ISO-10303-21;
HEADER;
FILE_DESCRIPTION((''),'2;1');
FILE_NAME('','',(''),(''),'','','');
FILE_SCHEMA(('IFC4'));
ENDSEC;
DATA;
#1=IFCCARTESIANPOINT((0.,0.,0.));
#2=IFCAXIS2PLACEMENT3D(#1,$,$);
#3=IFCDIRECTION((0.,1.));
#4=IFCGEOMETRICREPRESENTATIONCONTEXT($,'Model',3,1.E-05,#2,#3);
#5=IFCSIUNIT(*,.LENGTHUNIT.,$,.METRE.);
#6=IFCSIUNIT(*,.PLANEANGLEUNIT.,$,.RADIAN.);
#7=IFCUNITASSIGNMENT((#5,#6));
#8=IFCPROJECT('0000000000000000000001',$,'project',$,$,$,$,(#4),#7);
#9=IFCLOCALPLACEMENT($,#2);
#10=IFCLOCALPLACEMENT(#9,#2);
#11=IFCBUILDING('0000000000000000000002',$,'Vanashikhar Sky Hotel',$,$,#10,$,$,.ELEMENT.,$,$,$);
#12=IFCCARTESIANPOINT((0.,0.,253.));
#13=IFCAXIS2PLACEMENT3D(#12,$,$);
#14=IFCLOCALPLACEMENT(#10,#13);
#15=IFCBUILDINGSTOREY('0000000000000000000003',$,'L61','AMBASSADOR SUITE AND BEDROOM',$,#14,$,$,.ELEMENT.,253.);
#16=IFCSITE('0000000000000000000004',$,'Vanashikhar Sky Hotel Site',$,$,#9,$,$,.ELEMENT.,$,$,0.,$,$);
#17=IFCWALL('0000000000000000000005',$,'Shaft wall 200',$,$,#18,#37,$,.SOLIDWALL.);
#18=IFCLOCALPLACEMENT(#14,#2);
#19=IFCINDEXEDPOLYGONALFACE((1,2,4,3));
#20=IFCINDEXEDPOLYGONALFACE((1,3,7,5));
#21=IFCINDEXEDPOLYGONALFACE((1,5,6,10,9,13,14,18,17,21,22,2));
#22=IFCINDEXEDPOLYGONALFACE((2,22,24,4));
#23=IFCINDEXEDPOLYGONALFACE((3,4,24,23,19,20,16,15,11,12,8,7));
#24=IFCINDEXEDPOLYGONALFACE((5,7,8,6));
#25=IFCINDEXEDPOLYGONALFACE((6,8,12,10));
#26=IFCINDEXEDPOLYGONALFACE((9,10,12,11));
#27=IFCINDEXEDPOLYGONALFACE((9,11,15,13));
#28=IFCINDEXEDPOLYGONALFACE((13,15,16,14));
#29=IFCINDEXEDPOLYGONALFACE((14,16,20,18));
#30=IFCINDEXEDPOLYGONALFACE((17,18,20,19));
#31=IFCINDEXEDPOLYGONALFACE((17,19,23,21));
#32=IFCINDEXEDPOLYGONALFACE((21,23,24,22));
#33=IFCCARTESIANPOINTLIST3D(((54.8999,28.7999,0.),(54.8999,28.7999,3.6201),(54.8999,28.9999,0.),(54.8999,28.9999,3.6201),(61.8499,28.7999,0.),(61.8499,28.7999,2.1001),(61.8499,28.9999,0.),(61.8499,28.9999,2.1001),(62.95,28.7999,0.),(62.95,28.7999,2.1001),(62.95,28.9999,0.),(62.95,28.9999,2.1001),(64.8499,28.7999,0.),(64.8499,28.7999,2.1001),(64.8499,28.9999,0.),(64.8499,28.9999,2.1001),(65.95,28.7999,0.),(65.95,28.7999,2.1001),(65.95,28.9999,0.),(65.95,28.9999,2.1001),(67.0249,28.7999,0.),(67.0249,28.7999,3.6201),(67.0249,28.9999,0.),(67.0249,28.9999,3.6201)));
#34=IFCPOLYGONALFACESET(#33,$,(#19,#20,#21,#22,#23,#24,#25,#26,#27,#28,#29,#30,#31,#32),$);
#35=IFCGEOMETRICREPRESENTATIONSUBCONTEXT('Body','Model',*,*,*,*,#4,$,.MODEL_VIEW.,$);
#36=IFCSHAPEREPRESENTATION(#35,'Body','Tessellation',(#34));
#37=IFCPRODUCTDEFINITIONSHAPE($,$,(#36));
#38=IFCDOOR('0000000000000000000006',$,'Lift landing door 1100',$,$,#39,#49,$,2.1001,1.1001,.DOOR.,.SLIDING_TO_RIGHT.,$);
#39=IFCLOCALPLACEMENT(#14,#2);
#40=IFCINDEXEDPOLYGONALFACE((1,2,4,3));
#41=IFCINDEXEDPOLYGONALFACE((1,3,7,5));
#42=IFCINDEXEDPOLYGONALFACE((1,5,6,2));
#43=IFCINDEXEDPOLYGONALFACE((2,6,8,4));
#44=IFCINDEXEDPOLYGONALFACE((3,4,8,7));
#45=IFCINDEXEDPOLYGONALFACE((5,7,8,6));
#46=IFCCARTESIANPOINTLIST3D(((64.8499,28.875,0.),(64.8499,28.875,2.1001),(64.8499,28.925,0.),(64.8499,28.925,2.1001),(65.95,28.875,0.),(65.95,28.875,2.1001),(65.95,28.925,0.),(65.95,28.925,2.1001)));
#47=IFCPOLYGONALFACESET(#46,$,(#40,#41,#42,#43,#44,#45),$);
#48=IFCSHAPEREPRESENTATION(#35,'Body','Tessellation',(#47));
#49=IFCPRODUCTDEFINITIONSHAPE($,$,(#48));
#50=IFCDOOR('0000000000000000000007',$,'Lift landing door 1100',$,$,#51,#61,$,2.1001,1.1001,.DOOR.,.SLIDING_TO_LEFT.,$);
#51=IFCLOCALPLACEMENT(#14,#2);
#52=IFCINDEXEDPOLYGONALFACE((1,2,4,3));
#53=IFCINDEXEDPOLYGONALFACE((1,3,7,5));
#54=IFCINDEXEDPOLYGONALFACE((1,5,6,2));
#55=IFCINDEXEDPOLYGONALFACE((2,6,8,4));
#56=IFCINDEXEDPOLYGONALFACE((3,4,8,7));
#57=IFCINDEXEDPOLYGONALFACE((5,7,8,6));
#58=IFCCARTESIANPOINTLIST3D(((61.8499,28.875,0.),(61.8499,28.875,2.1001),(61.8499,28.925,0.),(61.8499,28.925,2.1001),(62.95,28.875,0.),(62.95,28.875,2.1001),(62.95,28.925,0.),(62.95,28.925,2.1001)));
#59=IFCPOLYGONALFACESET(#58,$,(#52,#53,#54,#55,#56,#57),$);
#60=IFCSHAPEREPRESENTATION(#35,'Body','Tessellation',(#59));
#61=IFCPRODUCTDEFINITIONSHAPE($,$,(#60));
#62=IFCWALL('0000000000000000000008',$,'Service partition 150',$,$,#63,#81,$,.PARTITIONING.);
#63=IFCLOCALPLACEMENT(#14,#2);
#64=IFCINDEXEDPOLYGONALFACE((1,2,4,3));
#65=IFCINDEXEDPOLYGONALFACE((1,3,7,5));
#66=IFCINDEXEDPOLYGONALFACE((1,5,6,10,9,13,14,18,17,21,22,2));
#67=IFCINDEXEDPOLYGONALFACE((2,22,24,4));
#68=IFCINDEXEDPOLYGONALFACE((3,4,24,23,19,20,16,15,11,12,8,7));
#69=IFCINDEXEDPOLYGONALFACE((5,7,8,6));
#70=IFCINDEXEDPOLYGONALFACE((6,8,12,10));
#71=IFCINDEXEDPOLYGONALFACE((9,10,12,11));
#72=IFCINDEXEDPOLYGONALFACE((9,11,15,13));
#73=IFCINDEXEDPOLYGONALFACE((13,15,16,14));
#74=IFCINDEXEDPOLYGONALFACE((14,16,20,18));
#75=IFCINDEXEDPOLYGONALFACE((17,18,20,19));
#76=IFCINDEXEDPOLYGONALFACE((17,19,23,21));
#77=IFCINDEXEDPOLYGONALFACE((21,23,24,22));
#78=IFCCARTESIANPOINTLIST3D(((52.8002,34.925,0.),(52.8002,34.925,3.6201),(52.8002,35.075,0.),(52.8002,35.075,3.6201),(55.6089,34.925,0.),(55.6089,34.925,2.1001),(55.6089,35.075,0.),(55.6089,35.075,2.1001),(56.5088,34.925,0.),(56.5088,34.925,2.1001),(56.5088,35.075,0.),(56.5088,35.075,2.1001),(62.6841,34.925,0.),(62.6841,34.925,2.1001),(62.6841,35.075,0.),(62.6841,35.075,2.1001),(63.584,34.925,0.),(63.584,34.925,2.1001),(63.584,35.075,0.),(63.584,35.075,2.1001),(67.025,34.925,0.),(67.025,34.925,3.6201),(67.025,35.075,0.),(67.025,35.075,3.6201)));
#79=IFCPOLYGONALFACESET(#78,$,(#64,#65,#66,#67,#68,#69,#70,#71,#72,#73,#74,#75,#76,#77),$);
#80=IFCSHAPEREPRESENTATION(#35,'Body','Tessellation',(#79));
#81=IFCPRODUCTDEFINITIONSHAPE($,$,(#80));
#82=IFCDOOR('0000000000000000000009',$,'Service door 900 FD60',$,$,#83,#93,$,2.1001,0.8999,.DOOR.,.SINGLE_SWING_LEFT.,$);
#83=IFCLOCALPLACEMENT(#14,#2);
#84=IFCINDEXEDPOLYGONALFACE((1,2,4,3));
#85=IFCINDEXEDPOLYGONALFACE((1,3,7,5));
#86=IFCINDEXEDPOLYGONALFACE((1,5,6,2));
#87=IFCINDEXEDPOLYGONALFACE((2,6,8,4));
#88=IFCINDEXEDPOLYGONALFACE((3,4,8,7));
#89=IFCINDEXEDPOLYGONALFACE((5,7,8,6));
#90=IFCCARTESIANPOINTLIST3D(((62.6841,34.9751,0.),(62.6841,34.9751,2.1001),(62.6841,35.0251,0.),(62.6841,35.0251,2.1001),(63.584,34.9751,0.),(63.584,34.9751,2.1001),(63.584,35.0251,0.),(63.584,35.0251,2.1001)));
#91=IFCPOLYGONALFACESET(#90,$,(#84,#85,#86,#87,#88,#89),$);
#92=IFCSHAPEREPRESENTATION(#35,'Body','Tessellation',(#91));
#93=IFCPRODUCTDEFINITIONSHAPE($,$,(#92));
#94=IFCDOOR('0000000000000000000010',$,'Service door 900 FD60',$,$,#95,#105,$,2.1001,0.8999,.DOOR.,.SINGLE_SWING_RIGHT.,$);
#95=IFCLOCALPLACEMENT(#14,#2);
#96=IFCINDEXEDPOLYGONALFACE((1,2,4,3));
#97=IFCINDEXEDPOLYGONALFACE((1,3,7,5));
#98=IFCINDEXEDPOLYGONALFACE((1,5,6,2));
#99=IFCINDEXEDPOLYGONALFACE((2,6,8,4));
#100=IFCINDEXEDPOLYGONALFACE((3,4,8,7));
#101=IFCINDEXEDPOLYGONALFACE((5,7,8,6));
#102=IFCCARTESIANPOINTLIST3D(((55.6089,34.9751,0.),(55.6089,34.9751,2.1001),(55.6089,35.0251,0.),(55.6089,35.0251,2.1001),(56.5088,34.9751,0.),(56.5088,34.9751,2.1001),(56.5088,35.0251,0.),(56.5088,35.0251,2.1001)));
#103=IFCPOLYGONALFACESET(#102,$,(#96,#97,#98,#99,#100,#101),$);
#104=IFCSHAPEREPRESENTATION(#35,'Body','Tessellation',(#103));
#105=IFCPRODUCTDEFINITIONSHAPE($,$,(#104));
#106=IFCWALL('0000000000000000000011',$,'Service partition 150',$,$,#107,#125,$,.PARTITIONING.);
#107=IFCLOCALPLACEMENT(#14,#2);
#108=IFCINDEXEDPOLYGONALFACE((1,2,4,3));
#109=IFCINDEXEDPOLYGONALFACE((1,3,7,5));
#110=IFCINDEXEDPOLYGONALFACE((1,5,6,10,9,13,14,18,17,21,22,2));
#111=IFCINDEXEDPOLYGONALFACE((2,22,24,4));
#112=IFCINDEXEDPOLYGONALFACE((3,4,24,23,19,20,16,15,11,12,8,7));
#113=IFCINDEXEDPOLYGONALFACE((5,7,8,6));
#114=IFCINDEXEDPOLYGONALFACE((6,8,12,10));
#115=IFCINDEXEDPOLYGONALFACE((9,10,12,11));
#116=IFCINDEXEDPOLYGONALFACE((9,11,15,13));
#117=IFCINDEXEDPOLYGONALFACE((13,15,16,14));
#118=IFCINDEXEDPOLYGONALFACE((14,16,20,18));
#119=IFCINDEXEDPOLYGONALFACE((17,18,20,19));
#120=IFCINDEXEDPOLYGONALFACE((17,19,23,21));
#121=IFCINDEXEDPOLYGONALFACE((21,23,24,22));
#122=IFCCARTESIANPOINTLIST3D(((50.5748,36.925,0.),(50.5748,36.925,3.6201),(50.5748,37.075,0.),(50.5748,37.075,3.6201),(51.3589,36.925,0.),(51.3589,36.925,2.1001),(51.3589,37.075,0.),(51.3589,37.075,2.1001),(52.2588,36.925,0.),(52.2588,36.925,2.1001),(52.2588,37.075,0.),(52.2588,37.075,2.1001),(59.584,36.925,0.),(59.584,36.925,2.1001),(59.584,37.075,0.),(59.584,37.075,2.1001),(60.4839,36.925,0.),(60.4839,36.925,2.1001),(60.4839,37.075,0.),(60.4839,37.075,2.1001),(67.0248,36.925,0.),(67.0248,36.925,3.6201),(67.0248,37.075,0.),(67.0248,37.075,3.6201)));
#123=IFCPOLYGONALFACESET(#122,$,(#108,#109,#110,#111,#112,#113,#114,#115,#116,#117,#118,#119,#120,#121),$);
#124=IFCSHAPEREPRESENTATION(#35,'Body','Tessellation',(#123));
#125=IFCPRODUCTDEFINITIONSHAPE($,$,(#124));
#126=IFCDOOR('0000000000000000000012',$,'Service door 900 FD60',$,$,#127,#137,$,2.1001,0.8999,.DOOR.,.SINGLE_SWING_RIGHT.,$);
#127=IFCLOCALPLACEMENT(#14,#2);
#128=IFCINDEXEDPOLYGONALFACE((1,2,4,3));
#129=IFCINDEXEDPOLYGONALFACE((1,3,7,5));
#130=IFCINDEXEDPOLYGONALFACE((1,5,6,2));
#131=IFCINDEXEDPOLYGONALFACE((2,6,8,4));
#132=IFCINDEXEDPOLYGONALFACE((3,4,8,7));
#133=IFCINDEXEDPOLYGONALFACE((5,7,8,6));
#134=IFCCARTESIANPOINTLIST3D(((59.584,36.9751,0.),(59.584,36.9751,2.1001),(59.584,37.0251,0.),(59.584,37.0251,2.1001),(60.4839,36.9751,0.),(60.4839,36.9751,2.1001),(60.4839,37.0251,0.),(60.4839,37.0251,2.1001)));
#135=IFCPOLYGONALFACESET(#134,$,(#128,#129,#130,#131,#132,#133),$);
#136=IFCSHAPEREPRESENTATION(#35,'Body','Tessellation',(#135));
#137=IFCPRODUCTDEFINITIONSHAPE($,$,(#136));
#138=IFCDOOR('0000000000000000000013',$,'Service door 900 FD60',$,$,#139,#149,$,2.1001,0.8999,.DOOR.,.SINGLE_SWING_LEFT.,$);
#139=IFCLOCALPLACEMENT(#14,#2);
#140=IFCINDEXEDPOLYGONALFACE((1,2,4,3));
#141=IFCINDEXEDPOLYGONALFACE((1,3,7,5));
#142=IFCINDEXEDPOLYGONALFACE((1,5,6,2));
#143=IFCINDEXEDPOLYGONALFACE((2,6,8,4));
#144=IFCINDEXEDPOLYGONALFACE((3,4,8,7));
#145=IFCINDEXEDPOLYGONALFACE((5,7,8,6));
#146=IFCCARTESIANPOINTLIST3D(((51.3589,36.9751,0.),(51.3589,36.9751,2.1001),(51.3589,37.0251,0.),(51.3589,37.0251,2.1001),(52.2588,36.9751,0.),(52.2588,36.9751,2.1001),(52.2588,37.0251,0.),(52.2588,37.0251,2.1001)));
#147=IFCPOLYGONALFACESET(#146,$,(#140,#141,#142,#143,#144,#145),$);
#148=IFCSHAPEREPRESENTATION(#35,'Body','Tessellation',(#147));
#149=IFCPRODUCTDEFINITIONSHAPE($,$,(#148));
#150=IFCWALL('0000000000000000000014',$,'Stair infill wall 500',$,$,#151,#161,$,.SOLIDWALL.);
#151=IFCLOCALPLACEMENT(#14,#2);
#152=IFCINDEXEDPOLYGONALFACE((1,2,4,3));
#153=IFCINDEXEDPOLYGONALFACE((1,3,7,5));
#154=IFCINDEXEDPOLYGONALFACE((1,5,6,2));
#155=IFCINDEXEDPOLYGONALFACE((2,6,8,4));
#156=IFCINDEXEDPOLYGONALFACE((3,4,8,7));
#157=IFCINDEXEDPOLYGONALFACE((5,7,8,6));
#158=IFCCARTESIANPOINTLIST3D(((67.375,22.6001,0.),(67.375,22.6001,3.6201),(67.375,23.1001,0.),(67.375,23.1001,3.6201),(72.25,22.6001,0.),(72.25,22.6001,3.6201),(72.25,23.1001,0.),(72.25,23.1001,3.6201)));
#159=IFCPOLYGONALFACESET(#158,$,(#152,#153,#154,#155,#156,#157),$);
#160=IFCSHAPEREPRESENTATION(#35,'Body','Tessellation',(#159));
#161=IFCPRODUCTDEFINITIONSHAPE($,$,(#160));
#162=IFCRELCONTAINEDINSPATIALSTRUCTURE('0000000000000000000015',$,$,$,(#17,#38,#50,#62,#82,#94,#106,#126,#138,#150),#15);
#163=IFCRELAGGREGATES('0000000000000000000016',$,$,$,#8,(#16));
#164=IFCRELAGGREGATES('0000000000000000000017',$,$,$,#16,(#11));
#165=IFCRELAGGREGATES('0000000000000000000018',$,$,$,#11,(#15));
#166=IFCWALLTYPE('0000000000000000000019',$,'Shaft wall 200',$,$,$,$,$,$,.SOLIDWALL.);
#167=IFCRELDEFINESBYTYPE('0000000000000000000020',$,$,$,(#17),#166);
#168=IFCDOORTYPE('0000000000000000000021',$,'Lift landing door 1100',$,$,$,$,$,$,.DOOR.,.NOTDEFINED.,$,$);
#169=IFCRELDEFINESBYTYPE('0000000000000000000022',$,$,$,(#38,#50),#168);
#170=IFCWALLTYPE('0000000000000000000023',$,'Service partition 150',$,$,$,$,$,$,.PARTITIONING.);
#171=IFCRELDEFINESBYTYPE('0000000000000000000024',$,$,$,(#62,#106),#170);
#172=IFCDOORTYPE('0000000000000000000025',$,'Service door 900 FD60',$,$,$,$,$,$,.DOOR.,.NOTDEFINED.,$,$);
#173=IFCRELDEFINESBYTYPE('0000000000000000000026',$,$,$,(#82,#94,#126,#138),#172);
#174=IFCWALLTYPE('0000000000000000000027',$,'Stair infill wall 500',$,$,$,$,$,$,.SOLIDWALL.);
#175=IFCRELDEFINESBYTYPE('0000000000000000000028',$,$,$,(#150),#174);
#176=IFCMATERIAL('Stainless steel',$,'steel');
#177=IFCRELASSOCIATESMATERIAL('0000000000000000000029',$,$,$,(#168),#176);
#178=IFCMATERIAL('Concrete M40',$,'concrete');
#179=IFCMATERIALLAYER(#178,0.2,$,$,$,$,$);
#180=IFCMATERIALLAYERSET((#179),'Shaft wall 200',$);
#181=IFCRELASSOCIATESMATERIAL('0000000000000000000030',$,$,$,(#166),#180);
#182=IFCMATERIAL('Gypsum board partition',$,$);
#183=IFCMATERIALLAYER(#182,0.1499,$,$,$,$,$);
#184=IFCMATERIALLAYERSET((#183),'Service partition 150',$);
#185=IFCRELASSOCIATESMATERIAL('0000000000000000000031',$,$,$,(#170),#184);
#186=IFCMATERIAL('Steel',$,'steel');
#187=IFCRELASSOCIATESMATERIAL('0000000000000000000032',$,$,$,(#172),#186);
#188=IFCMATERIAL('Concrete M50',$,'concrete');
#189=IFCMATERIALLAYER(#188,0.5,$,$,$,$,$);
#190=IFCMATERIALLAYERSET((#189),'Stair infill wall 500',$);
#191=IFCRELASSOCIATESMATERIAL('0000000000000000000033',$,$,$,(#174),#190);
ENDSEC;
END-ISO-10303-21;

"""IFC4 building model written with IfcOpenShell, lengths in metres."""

from ifc_helpers import new_model, si_unit, direction, frame, frame_2d, origin, place, context, subcontext, project, spatial, rectangle, extrude, source, transform, mapped, material, layer, layer_set, type_object, element, fill, save


model = new_model("IFC4")

# Units and contexts
model_context = context("Model", 3, precision=1e-05, world=origin(), true_north=direction((0.0, 1.0)))
body_context = subcontext(model_context, "Body", "Model", "MODEL_VIEW")
ifc_project = project(units=[si_unit("LENGTHUNIT", "METRE"), si_unit("PLANEANGLEUNIT", "RADIAN")], contexts=[model_context])

# Site, building, storey
site_placement = place(None, origin())
site = spatial("IfcSite", under=ifc_project, at=site_placement, Name="Vanashikhar Sky Hotel Site", CompositionType="ELEMENT", RefElevation=0.0)
building_placement = place(site_placement, origin())
building = spatial("IfcBuilding", under=site, at=building_placement, Name="Vanashikhar Sky Hotel", CompositionType="ELEMENT")
storey_placement = place(building_placement, frame((0.0, 0.0, 253.0)))
storey = spatial("IfcBuildingStorey", under=building, at=storey_placement, Name="L61", Description="AMBASSADOR SUITE AND BEDROOM", CompositionType="ELEMENT", Elevation=253.0)

# Shared definitions
ifc_material_1 = material(Name="Stainless steel", Category="steel")
door_type_1 = type_object("IfcDoorType", Name="Lift landing door 1100", OperationType="NOTDEFINED", PredefinedType="DOOR", material=ifc_material_1)
shared_shape_1 = source(origin(), body_context, "Body", "SweptSolid", [
    extrude(rectangle(XDim=1.1001, YDim=2.1001, at=frame_2d((0.55, 1.05))), frame((0.0, 0.0249, 0.0), z_axis=(0.0, -1.0, 0.0), x_axis=(1.0, 0.0, 0.0)), (0.0, 0.0, 1.0), 0.05),
])

# Shared definitions
ifc_material_2 = material(Name="Concrete M40", Category="concrete")
ifc_layer_1 = layer(ifc_material_2, 0.2)
ifc_layer_set_1 = layer_set([ifc_layer_1], Name="Shaft wall 200")
wall_type_1 = type_object("IfcWallType", Name="Shaft wall 200", PredefinedType="SOLIDWALL", material=ifc_layer_set_1)

# Shared definitions
shared_shape_2 = source(origin(), body_context, "Body", "SweptSolid", [
    extrude(rectangle(XDim=1.1001, YDim=2.1001, at=frame_2d((0.55, 1.05))), frame((0.0, 0.1099, 0.0), z_axis=(0.0, -1.0, 0.0), x_axis=(1.0, 0.0, 0.0)), (0.0, 0.0, 1.0), 0.22),
])

# Shared definitions
ifc_material_3 = material(Name="Gypsum board partition")
ifc_layer_2 = layer(ifc_material_3, 0.1499)
ifc_layer_set_2 = layer_set([ifc_layer_2], Name="Service partition 150")
wall_type_2 = type_object("IfcWallType", Name="Service partition 150", PredefinedType="PARTITIONING", material=ifc_layer_set_2)

# Walls, openings, doors
shared_shape_3 = source(origin(), body_context, "Body", "SweptSolid", [
    extrude(rectangle(XDim=12.125, YDim=0.2, at=frame_2d((6.0625, 0.0))), origin(), (0.0, 0.0, 1.0), 3.6201),
])
wall_1_placement = place(storey_placement, frame((67.0249, 28.8999, 0.0), z_axis=(0.0, 0.0, 1.0), x_axis=(-1.0, 0.0, 0.0)))
wall_1 = element("IfcWall", 1, at=wall_1_placement, inside=storey, type_object=wall_type_1, Name="Shaft wall 200", PredefinedType="SOLIDWALL", context=body_context, shape_type="MappedRepresentation", body=[
    mapped(shared_shape_3, transform((0.0, 0.0, 0.0), scale=1.0)),
])
opening_1_placement = place(wall_1_placement, frame((1.075, 0.0, 0.0)))
opening_1 = element("IfcOpeningElement", 2, at=opening_1_placement, cuts=wall_1, PredefinedType="OPENING", context=body_context, shape_type="MappedRepresentation", body=[
    mapped(shared_shape_2, transform((0.0, 0.0, 0.0), scale=1.0)),
])
opening_2_placement = place(wall_1_placement, frame((4.075, 0.0, 0.0)))
opening_2 = element("IfcOpeningElement", 3, at=opening_2_placement, cuts=wall_1, PredefinedType="OPENING", context=body_context, shape_type="MappedRepresentation", body=[
    mapped(shared_shape_2, transform((0.0, 0.0, 0.0), scale=1.0)),
])
door_1_placement = place(opening_1_placement, origin())
door_1 = element("IfcDoor", 4, at=door_1_placement, inside=storey, type_object=door_type_1, Name="Lift landing door 1100", OperationType="SLIDING_TO_RIGHT", OverallHeight=2.1001, OverallWidth=1.1001, PredefinedType="DOOR", context=body_context, shape_type="MappedRepresentation", body=[
    mapped(shared_shape_1, transform((0.0, 0.0, 0.0), scale=1.0)),
])
fill(opening_1, door_1)
door_2_placement = place(opening_2_placement, origin())
door_2 = element("IfcDoor", 5, at=door_2_placement, inside=storey, type_object=door_type_1, Name="Lift landing door 1100", OperationType="SLIDING_TO_LEFT", OverallHeight=2.1001, OverallWidth=1.1001, PredefinedType="DOOR", context=body_context, shape_type="MappedRepresentation", body=[
    mapped(shared_shape_1, transform((0.0, 0.0, 0.0), scale=1.0)),
])
fill(opening_2, door_2)
shared_shape_4 = source(origin(), body_context, "Body", "SweptSolid", [
    extrude(rectangle(XDim=14.2249, YDim=0.1499, at=frame_2d((7.1123, 0.0))), origin(), (0.0, 0.0, 1.0), 3.6201),
])
wall_2_placement = place(storey_placement, frame((67.0249, 35.0, 0.0), z_axis=(0.0, 0.0, 1.0), x_axis=(-1.0, 0.0, 0.0)))
wall_2 = element("IfcWall", 6, at=wall_2_placement, inside=storey, type_object=wall_type_2, Name="Service partition 150", PredefinedType="PARTITIONING", context=body_context, shape_type="MappedRepresentation", body=[
    mapped(shared_shape_4, transform((0.0, 0.0, 0.0), scale=1.0)),
])
shared_shape_5 = source(origin(), body_context, "Body", "SweptSolid", [
    extrude(rectangle(XDim=0.8999, YDim=2.1001, at=frame_2d((0.45, 1.05))), frame((0.0, 0.085, 0.0), z_axis=(0.0, -1.0, 0.0), x_axis=(1.0, 0.0, 0.0)), (0.0, 0.0, 1.0), 0.1699),
])
opening_3_placement = place(wall_2_placement, frame((3.4409, 0.0, 0.0)))
opening_3 = element("IfcOpeningElement", 7, at=opening_3_placement, cuts=wall_2, PredefinedType="OPENING", context=body_context, shape_type="MappedRepresentation", body=[
    mapped(shared_shape_5, transform((0.0, 0.0, 0.0), scale=1.0)),
])
opening_4_placement = place(wall_2_placement, frame((10.5161, 0.0, 0.0)))
opening_4 = element("IfcOpeningElement", 8, at=opening_4_placement, cuts=wall_2, PredefinedType="OPENING", context=body_context, shape_type="MappedRepresentation", body=[
    mapped(shared_shape_5, transform((0.0, 0.0, 0.0), scale=1.0)),
])
ifc_material_4 = material(Name="Steel", Category="steel")
door_type_2 = type_object("IfcDoorType", Name="Service door 900 FD60", OperationType="NOTDEFINED", PredefinedType="DOOR", material=ifc_material_4)
shared_shape_6 = source(origin(), body_context, "Body", "SweptSolid", [
    extrude(rectangle(XDim=0.8999, YDim=2.1001, at=frame_2d((0.45, 1.05))), frame((0.0, 0.0249, 0.0), z_axis=(0.0, -1.0, 0.0), x_axis=(1.0, 0.0, 0.0)), (0.0, 0.0, 1.0), 0.05),
])
door_3_placement = place(opening_3_placement, origin())
door_3 = element("IfcDoor", 9, at=door_3_placement, inside=storey, type_object=door_type_2, Name="Service door 900 FD60", OperationType="SINGLE_SWING_LEFT", OverallHeight=2.1001, OverallWidth=0.8999, PredefinedType="DOOR", context=body_context, shape_type="MappedRepresentation", body=[
    mapped(shared_shape_6, transform((0.0, 0.0, 0.0), scale=1.0)),
])
fill(opening_3, door_3)
door_4_placement = place(opening_4_placement, origin())
door_4 = element("IfcDoor", 10, at=door_4_placement, inside=storey, type_object=door_type_2, Name="Service door 900 FD60", OperationType="SINGLE_SWING_RIGHT", OverallHeight=2.1001, OverallWidth=0.8999, PredefinedType="DOOR", context=body_context, shape_type="MappedRepresentation", body=[
    mapped(shared_shape_6, transform((0.0, 0.0, 0.0), scale=1.0)),
])
fill(opening_4, door_4)
shared_shape_7 = source(origin(), body_context, "Body", "SweptSolid", [
    extrude(rectangle(XDim=16.45, YDim=0.1499, at=frame_2d((8.2251, 0.0))), origin(), (0.0, 0.0, 1.0), 3.6201),
])
wall_3_placement = place(storey_placement, frame((67.0249, 37.0, 0.0), z_axis=(0.0, 0.0, 1.0), x_axis=(-1.0, 0.0, 0.0)))
wall_3 = element("IfcWall", 11, at=wall_3_placement, inside=storey, type_object=wall_type_2, Name="Service partition 150", PredefinedType="PARTITIONING", context=body_context, shape_type="MappedRepresentation", body=[
    mapped(shared_shape_7, transform((0.0, 0.0, 0.0), scale=1.0)),
])
opening_5_placement = place(wall_3_placement, frame((6.541, 0.0, 0.0)))
opening_5 = element("IfcOpeningElement", 12, at=opening_5_placement, cuts=wall_3, PredefinedType="OPENING", context=body_context, shape_type="MappedRepresentation", body=[
    mapped(shared_shape_5, transform((0.0, 0.0, 0.0), scale=1.0)),
])
opening_6_placement = place(wall_3_placement, frame((14.7661, 0.0, 0.0)))
opening_6 = element("IfcOpeningElement", 13, at=opening_6_placement, cuts=wall_3, PredefinedType="OPENING", context=body_context, shape_type="MappedRepresentation", body=[
    mapped(shared_shape_5, transform((0.0, 0.0, 0.0), scale=1.0)),
])
door_5_placement = place(opening_5_placement, origin())
door_5 = element("IfcDoor", 14, at=door_5_placement, inside=storey, type_object=door_type_2, Name="Service door 900 FD60", OperationType="SINGLE_SWING_RIGHT", OverallHeight=2.1001, OverallWidth=0.8999, PredefinedType="DOOR", context=body_context, shape_type="MappedRepresentation", body=[
    mapped(shared_shape_6, transform((0.0, 0.0, 0.0), scale=1.0)),
])
fill(opening_5, door_5)
door_6_placement = place(opening_6_placement, origin())
door_6 = element("IfcDoor", 15, at=door_6_placement, inside=storey, type_object=door_type_2, Name="Service door 900 FD60", OperationType="SINGLE_SWING_LEFT", OverallHeight=2.1001, OverallWidth=0.8999, PredefinedType="DOOR", context=body_context, shape_type="MappedRepresentation", body=[
    mapped(shared_shape_6, transform((0.0, 0.0, 0.0), scale=1.0)),
])
fill(opening_6, door_6)

# Wall
ifc_material_5 = material(Name="Concrete M50", Category="concrete")
ifc_layer_3 = layer(ifc_material_5, 0.5)
ifc_layer_set_3 = layer_set([ifc_layer_3], Name="Stair infill wall 500")
wall_type_3 = type_object("IfcWallType", Name="Stair infill wall 500", PredefinedType="SOLIDWALL", material=ifc_layer_set_3)
shared_shape_8 = source(origin(), body_context, "Body", "SweptSolid", [
    extrude(rectangle(XDim=4.875, YDim=0.5, at=frame_2d((2.4375, 0.0))), origin(), (0.0, 0.0, 1.0), 3.6201),
])
wall_4_placement = place(storey_placement, frame((67.375, 22.8501, 0.0), z_axis=(0.0, 0.0, 1.0), x_axis=(1.0, 0.0, 0.0)))
element("IfcWall", 16, at=wall_4_placement, inside=storey, type_object=wall_type_3, Name="Stair infill wall 500", PredefinedType="SOLIDWALL", context=body_context, shape_type="MappedRepresentation", body=[
    mapped(shared_shape_8, transform((0.0, 0.0, 0.0), scale=1.0)),
])

save(model, "model.ifc")
